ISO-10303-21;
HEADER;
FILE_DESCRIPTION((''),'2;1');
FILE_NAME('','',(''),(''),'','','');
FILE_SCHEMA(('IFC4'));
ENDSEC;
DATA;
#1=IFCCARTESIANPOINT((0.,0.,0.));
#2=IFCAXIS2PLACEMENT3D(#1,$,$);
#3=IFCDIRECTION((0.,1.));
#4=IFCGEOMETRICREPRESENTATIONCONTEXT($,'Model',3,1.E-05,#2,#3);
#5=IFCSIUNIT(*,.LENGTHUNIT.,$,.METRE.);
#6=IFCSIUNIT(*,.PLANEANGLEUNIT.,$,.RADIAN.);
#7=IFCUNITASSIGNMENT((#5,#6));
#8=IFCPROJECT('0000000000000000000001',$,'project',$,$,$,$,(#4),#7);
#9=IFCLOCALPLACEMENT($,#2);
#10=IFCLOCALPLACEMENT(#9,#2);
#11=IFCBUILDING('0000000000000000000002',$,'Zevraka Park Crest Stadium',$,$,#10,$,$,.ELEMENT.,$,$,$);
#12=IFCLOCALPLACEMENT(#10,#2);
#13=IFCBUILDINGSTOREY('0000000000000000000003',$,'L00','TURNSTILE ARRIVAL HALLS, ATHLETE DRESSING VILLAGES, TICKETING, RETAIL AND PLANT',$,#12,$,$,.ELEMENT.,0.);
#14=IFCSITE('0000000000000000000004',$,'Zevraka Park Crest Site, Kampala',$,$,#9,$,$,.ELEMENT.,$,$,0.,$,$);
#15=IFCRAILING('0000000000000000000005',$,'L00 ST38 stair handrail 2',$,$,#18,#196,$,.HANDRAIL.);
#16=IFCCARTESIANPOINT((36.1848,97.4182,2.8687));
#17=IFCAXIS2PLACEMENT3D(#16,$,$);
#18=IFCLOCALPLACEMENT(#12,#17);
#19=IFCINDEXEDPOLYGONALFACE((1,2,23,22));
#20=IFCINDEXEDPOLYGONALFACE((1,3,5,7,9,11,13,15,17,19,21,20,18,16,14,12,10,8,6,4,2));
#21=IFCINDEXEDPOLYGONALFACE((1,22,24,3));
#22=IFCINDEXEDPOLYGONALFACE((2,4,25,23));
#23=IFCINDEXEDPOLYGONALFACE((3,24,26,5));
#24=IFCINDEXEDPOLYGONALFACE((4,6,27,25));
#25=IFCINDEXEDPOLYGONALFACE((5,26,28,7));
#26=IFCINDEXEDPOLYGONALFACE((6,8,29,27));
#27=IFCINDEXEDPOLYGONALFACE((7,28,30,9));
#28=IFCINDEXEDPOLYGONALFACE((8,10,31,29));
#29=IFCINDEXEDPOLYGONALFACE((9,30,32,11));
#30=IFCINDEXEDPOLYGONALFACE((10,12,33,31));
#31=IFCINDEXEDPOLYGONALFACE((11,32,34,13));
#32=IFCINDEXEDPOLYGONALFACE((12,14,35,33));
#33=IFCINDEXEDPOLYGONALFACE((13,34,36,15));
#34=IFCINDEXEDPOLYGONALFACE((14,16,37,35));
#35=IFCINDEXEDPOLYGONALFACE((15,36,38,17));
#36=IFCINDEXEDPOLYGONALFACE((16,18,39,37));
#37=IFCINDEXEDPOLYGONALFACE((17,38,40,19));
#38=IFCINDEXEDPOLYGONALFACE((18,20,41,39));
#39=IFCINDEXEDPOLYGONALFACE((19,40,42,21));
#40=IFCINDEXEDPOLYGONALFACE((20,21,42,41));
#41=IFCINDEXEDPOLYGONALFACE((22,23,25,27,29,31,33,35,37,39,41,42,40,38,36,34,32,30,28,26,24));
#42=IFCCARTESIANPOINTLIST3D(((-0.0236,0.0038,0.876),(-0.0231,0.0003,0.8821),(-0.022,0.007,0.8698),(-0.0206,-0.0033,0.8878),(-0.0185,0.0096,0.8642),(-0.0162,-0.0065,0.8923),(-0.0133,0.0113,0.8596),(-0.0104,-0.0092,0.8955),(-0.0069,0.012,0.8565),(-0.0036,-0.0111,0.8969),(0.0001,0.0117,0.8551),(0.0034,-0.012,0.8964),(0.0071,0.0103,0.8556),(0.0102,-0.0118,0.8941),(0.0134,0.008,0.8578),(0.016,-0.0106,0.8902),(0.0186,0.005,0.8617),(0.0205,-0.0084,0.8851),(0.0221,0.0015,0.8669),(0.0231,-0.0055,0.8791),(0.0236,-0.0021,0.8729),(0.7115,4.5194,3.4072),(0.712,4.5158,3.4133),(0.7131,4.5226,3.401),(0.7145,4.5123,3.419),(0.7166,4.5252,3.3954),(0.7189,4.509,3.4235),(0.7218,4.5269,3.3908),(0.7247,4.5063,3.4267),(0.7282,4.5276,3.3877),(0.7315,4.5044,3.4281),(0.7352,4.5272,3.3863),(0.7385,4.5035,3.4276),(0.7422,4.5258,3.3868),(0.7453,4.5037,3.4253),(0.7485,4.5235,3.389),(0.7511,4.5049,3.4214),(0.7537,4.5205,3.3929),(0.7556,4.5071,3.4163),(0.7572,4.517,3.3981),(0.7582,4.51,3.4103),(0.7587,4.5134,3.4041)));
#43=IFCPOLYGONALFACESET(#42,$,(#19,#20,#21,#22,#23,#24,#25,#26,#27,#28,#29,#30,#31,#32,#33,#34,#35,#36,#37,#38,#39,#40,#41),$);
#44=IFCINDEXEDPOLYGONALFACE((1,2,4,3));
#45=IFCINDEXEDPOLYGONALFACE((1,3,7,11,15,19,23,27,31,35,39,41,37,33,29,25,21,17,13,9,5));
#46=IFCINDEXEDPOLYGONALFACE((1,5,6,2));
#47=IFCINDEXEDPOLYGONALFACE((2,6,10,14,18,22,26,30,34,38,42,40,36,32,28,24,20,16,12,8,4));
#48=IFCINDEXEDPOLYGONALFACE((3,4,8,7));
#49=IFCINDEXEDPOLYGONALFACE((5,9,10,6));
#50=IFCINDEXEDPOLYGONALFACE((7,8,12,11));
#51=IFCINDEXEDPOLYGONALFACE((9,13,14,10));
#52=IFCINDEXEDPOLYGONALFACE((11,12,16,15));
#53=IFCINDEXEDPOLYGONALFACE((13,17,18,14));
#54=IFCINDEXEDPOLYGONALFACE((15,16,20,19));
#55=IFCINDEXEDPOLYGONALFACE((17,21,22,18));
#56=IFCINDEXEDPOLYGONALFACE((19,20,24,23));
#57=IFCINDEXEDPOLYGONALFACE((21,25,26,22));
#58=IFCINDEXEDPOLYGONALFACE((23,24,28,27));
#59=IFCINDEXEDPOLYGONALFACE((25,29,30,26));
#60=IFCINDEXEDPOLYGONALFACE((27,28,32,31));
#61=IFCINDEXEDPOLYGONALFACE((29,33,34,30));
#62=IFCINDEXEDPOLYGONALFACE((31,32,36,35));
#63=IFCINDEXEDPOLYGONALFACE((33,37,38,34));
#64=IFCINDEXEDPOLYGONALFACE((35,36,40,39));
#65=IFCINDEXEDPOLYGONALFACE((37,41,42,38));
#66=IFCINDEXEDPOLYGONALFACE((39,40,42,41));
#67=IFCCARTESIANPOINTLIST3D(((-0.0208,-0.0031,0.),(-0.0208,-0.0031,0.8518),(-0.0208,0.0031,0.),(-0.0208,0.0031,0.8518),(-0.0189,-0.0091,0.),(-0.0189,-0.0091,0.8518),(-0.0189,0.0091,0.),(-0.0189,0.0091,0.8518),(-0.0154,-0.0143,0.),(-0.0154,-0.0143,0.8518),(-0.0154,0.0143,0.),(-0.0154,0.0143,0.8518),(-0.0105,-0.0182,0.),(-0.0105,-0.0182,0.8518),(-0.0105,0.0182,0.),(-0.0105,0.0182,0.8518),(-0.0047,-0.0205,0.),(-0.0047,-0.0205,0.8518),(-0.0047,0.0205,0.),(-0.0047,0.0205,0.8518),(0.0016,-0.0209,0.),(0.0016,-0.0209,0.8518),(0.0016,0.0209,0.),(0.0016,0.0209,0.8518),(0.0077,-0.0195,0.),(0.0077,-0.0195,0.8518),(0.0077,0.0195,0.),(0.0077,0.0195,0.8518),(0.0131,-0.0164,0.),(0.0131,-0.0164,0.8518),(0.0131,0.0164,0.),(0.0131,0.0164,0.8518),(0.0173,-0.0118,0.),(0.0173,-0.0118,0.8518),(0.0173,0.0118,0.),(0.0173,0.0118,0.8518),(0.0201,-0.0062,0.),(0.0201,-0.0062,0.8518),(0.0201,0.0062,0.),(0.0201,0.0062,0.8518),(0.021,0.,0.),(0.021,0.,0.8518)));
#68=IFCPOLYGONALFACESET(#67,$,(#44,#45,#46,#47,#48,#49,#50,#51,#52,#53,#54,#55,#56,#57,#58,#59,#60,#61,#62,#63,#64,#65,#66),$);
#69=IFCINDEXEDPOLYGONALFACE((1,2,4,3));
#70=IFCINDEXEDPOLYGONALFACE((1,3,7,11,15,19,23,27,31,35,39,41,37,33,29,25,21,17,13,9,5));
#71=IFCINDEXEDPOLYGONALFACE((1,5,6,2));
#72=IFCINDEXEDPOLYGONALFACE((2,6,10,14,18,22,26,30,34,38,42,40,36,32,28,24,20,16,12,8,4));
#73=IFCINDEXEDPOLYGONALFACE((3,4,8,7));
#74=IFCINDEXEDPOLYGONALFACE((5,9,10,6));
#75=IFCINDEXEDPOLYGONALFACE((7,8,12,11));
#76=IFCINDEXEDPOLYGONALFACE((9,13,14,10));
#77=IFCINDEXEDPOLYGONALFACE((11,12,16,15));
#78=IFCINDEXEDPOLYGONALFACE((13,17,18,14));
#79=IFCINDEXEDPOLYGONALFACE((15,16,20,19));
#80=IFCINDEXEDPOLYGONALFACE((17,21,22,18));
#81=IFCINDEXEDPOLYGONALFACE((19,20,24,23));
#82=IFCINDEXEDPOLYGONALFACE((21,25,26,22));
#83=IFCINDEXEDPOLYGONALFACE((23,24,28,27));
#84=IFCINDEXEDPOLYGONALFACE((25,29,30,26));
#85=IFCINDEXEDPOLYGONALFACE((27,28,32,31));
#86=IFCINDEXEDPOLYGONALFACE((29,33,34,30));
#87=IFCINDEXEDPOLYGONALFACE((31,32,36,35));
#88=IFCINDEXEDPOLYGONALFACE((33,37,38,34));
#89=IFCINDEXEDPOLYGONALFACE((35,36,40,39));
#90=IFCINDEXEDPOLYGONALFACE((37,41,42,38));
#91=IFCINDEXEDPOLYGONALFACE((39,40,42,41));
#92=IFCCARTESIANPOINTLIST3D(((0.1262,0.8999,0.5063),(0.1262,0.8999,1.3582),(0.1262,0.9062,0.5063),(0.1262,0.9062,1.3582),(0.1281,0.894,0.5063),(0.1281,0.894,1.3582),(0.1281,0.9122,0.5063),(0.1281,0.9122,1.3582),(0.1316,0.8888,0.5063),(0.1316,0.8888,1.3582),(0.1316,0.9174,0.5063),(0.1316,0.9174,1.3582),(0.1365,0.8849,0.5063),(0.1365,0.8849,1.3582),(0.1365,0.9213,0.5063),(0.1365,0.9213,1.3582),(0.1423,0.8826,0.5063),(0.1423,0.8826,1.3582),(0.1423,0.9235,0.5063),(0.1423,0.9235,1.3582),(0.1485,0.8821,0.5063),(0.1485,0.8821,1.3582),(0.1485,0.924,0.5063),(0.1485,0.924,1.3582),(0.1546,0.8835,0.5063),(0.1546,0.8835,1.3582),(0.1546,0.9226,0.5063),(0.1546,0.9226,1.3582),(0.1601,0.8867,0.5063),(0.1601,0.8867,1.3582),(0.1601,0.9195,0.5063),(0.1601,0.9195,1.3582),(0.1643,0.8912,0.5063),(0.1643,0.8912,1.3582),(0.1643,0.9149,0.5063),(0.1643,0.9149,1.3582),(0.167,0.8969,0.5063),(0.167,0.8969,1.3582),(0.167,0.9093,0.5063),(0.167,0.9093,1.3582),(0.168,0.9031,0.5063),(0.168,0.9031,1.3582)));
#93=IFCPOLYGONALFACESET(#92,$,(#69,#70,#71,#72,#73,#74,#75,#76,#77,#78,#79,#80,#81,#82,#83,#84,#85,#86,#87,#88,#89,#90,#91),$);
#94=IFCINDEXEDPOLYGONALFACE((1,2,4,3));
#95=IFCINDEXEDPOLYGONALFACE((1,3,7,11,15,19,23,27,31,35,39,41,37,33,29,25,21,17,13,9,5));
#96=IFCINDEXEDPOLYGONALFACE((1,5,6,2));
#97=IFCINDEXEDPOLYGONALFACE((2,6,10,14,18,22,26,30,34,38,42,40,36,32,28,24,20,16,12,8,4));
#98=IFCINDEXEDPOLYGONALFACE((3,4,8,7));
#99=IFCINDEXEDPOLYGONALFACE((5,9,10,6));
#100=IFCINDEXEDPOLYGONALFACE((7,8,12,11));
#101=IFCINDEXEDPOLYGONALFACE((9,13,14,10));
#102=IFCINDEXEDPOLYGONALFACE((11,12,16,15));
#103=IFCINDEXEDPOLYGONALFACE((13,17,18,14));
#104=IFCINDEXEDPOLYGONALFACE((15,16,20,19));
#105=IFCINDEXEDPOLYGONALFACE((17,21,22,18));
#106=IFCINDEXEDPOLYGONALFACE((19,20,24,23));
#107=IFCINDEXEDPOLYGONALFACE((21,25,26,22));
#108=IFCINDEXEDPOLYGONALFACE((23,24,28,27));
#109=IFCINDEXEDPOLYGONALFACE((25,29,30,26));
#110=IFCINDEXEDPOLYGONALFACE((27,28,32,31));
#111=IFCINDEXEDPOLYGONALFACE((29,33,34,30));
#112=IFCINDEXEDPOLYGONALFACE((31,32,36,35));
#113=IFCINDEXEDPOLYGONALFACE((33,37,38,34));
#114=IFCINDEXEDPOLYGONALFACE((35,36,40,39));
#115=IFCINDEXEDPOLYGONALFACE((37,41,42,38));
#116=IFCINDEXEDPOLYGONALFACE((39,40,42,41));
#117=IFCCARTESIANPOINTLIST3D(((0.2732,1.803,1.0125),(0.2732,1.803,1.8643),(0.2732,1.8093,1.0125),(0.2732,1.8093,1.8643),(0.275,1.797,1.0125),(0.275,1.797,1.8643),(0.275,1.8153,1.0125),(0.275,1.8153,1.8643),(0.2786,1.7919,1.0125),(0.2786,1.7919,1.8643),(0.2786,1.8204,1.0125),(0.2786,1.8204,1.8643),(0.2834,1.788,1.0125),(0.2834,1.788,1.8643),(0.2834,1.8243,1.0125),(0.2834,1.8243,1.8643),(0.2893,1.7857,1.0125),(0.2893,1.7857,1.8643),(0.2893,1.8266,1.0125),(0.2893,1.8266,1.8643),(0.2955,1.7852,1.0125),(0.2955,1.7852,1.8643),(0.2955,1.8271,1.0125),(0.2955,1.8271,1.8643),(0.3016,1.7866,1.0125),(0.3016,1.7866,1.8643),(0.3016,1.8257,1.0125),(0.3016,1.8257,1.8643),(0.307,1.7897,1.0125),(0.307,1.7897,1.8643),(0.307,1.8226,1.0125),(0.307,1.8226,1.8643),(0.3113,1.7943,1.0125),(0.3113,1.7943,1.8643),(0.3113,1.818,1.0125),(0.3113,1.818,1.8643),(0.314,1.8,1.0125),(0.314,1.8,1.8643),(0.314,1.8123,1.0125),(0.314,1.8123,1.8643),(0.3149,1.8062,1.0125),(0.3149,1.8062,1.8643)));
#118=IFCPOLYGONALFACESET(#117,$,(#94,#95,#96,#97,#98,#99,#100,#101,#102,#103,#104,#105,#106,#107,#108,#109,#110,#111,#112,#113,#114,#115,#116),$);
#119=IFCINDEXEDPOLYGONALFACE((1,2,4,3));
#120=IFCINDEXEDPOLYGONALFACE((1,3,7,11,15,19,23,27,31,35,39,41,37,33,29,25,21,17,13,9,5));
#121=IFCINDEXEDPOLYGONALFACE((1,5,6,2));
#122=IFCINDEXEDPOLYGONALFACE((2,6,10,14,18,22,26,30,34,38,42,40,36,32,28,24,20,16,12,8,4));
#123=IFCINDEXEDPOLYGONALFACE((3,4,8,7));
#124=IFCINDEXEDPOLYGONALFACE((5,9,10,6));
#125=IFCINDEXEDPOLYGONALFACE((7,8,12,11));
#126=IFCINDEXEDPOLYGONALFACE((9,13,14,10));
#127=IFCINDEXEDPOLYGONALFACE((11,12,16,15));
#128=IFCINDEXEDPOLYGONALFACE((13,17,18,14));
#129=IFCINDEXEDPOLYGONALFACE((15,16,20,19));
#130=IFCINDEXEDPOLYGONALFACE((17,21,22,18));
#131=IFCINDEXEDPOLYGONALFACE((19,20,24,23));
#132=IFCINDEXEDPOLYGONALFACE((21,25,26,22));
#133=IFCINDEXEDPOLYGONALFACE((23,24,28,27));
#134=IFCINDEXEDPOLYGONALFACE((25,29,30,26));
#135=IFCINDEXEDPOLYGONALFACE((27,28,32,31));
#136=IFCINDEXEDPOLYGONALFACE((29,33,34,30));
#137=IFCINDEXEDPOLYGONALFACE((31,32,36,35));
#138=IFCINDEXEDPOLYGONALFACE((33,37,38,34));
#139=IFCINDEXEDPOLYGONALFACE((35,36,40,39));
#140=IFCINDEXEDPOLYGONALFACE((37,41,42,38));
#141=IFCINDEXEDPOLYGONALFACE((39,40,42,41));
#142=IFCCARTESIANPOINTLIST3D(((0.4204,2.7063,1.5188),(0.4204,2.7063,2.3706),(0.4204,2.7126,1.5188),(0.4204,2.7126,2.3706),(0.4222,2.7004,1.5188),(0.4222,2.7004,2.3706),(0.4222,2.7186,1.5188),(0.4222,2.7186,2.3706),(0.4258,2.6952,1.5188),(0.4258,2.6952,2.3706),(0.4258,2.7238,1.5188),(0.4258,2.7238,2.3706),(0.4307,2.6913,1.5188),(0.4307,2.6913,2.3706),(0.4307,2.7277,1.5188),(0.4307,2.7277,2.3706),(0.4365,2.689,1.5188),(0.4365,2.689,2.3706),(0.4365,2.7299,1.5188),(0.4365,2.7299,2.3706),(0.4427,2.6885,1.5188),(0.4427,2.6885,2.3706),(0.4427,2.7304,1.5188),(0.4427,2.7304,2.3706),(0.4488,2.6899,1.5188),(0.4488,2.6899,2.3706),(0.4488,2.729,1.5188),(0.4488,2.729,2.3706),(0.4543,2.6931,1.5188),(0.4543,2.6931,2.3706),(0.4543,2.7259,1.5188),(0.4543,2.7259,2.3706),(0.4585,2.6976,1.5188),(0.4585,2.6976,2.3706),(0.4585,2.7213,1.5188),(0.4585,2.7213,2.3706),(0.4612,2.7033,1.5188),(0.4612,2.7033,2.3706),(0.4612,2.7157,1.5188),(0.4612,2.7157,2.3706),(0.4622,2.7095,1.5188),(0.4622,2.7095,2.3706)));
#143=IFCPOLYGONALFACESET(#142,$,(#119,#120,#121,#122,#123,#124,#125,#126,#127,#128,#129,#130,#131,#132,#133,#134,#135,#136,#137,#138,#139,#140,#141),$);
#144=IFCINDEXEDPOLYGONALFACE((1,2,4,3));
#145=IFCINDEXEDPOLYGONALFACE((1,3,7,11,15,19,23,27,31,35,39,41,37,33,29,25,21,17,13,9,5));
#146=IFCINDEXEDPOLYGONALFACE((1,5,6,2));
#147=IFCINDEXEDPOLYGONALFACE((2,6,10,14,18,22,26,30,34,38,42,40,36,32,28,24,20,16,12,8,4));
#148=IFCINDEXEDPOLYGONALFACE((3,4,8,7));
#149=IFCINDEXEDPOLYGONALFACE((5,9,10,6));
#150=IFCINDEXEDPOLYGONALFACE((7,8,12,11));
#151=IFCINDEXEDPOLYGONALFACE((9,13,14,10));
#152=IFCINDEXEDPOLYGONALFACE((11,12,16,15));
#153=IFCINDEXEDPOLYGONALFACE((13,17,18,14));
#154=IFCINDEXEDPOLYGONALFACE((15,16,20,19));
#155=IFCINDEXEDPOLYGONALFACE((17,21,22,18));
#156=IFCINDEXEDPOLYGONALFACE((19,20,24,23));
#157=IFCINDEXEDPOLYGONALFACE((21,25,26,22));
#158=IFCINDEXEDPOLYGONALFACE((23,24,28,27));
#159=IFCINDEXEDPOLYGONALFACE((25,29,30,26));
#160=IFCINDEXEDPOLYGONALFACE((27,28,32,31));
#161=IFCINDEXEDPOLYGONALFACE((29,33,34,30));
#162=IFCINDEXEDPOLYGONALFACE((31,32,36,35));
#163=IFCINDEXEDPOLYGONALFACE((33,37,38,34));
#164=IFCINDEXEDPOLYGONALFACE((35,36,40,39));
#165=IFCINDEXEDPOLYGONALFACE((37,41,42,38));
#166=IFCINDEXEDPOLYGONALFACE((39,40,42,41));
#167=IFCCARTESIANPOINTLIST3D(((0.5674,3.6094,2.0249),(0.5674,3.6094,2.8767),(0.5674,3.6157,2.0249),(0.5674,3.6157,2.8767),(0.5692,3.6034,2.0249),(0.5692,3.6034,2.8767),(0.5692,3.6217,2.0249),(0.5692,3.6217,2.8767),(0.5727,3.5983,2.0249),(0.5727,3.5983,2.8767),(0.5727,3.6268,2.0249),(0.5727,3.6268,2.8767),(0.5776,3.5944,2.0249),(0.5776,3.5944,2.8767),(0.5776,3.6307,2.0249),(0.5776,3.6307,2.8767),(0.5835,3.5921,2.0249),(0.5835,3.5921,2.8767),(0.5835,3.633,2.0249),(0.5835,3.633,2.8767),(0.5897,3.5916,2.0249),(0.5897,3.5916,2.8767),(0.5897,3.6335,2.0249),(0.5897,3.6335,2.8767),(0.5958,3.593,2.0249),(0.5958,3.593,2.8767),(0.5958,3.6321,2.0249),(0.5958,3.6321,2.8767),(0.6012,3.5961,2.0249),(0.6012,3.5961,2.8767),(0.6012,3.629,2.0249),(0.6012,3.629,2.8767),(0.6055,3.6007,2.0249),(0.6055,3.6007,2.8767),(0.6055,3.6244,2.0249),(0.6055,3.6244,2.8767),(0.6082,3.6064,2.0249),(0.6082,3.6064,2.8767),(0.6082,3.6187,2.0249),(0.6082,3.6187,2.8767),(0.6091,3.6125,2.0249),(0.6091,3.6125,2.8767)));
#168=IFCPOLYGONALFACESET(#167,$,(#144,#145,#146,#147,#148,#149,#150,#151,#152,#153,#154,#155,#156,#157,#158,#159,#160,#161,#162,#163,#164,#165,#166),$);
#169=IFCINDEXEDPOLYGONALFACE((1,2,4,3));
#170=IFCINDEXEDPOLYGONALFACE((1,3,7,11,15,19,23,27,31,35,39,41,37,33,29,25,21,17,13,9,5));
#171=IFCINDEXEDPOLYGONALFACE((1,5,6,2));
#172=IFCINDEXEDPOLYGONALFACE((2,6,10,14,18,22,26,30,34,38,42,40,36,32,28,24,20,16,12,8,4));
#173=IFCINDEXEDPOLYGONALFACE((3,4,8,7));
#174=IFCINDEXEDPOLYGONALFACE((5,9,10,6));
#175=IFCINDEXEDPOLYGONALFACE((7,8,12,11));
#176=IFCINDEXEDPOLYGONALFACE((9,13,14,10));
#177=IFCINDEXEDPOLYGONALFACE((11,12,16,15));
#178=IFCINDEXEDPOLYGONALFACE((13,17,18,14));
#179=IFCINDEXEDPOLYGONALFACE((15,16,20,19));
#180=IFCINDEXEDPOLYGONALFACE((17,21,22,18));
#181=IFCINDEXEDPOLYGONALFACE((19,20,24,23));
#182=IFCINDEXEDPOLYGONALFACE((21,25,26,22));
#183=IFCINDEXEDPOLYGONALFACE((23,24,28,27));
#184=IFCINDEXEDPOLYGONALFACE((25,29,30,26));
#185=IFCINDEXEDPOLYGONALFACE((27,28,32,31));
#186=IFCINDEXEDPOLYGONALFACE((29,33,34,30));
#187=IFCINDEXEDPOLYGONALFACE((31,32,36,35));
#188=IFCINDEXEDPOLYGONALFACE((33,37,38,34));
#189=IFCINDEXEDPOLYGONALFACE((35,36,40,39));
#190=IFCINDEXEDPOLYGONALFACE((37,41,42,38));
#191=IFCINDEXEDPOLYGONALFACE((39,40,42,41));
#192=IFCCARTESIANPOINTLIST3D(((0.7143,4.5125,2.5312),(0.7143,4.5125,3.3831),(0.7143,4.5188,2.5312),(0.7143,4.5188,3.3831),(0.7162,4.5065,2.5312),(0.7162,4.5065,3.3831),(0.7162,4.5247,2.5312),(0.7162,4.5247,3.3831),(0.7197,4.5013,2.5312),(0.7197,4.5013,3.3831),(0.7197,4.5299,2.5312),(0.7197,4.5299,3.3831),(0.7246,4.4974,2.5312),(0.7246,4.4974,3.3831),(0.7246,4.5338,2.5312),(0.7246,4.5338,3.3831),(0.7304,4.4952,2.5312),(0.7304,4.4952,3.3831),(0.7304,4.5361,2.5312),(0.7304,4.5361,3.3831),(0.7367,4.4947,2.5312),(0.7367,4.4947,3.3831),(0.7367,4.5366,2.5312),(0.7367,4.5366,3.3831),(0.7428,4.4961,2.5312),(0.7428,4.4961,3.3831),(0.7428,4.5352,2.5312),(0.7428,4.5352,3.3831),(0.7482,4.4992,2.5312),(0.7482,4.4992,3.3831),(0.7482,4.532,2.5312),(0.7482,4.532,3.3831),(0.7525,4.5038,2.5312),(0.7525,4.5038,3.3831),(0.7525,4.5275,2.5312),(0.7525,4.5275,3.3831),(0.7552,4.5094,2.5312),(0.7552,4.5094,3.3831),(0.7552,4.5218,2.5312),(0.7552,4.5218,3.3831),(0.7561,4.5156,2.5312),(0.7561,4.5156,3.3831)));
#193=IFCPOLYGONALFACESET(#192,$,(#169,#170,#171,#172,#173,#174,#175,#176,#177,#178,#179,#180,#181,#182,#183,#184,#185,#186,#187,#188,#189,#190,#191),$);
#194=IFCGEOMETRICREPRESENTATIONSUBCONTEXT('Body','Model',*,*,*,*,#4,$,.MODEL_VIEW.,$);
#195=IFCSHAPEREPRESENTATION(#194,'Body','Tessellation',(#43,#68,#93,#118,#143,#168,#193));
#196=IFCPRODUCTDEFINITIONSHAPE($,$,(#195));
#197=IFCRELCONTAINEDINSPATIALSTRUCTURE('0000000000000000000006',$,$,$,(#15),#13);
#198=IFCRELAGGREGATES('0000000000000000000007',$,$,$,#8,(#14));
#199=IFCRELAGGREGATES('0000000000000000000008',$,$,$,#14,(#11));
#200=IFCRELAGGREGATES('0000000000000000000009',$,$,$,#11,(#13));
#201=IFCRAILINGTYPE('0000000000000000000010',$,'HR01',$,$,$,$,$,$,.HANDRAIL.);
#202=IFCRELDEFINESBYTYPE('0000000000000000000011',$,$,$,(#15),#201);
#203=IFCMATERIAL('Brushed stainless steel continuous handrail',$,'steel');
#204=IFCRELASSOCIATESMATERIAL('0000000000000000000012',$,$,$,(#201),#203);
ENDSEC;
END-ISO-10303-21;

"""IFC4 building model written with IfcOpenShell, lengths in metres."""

from ifc_helpers import new_model, si_unit, direction, frame, origin, origin_2d, place, context, subcontext, project, spatial, circle, extrude, material, type_object, element, save


model = new_model("IFC4")

# Units and contexts
model_context = context("Model", 3, precision=1e-05, world=origin(), true_north=direction((0.0, 1.0)))
body_context = subcontext(model_context, "Body", "Model", "MODEL_VIEW")
ifc_project = project(units=[si_unit("LENGTHUNIT", "METRE"), si_unit("PLANEANGLEUNIT", "RADIAN")], contexts=[model_context])

# Site, building, storey
site_placement = place(None, origin())
site = spatial("IfcSite", under=ifc_project, at=site_placement, Name="Zevraka Park Crest Site, Kampala", CompositionType="ELEMENT", RefElevation=0.0)
building_placement = place(site_placement, origin())
building = spatial("IfcBuilding", under=site, at=building_placement, Name="Zevraka Park Crest Stadium", CompositionType="ELEMENT")
storey_placement = place(building_placement, origin())
storey = spatial("IfcBuildingStorey", under=building, at=storey_placement, Name="L00", Description="TURNSTILE ARRIVAL HALLS, ATHLETE DRESSING VILLAGES, TICKETING, RETAIL AND PLANT", CompositionType="ELEMENT", Elevation=0.0)

# Railing
ifc_material_1 = material(Name="Brushed stainless steel continuous handrail", Category="steel")
railing_type_1 = type_object("IfcRailingType", Name="HR01", PredefinedType="HANDRAIL", material=ifc_material_1)
railing_1_placement = place(storey_placement, frame((36.1848, 97.4182, 2.8687)))
element("IfcRailing", 1, at=railing_1_placement, inside=storey, type_object=railing_type_1, Name="L00 ST38 stair handrail 2", PredefinedType="HANDRAIL", context=body_context, shape_type="SweptSolid", body=[
    extrude(circle(Radius=0.0239, at=origin_2d()), frame((0.0, 0.0, 0.876), z_axis=(0.140593, 0.863636, 0.484114), x_axis=(-0.987007, 0.160677, 0.0)), (0.0, 0.0, 1.0), 5.2285),
    extrude(circle(Radius=0.021, at=origin_2d()), origin(), (0.0, 0.0, 1.0), 0.8518),
    extrude(circle(Radius=0.021, at=origin_2d()), frame((0.147, 0.9031, 0.5063)), (0.0, 0.0, 1.0), 0.8518),
    extrude(circle(Radius=0.021, at=origin_2d()), frame((0.2939, 1.8062, 1.0125)), (0.0, 0.0, 1.0), 0.8518),
    extrude(circle(Radius=0.021, at=origin_2d()), frame((0.4412, 2.7095, 1.5188)), (0.0, 0.0, 1.0), 0.8518),
    extrude(circle(Radius=0.021, at=origin_2d()), frame((0.5881, 3.6125, 2.0249)), (0.0, 0.0, 1.0), 0.8518),
    extrude(circle(Radius=0.021, at=origin_2d()), frame((0.7351, 4.5156, 2.5312)), (0.0, 0.0, 1.0), 0.8518),
])

save(model, "model.ifc")
